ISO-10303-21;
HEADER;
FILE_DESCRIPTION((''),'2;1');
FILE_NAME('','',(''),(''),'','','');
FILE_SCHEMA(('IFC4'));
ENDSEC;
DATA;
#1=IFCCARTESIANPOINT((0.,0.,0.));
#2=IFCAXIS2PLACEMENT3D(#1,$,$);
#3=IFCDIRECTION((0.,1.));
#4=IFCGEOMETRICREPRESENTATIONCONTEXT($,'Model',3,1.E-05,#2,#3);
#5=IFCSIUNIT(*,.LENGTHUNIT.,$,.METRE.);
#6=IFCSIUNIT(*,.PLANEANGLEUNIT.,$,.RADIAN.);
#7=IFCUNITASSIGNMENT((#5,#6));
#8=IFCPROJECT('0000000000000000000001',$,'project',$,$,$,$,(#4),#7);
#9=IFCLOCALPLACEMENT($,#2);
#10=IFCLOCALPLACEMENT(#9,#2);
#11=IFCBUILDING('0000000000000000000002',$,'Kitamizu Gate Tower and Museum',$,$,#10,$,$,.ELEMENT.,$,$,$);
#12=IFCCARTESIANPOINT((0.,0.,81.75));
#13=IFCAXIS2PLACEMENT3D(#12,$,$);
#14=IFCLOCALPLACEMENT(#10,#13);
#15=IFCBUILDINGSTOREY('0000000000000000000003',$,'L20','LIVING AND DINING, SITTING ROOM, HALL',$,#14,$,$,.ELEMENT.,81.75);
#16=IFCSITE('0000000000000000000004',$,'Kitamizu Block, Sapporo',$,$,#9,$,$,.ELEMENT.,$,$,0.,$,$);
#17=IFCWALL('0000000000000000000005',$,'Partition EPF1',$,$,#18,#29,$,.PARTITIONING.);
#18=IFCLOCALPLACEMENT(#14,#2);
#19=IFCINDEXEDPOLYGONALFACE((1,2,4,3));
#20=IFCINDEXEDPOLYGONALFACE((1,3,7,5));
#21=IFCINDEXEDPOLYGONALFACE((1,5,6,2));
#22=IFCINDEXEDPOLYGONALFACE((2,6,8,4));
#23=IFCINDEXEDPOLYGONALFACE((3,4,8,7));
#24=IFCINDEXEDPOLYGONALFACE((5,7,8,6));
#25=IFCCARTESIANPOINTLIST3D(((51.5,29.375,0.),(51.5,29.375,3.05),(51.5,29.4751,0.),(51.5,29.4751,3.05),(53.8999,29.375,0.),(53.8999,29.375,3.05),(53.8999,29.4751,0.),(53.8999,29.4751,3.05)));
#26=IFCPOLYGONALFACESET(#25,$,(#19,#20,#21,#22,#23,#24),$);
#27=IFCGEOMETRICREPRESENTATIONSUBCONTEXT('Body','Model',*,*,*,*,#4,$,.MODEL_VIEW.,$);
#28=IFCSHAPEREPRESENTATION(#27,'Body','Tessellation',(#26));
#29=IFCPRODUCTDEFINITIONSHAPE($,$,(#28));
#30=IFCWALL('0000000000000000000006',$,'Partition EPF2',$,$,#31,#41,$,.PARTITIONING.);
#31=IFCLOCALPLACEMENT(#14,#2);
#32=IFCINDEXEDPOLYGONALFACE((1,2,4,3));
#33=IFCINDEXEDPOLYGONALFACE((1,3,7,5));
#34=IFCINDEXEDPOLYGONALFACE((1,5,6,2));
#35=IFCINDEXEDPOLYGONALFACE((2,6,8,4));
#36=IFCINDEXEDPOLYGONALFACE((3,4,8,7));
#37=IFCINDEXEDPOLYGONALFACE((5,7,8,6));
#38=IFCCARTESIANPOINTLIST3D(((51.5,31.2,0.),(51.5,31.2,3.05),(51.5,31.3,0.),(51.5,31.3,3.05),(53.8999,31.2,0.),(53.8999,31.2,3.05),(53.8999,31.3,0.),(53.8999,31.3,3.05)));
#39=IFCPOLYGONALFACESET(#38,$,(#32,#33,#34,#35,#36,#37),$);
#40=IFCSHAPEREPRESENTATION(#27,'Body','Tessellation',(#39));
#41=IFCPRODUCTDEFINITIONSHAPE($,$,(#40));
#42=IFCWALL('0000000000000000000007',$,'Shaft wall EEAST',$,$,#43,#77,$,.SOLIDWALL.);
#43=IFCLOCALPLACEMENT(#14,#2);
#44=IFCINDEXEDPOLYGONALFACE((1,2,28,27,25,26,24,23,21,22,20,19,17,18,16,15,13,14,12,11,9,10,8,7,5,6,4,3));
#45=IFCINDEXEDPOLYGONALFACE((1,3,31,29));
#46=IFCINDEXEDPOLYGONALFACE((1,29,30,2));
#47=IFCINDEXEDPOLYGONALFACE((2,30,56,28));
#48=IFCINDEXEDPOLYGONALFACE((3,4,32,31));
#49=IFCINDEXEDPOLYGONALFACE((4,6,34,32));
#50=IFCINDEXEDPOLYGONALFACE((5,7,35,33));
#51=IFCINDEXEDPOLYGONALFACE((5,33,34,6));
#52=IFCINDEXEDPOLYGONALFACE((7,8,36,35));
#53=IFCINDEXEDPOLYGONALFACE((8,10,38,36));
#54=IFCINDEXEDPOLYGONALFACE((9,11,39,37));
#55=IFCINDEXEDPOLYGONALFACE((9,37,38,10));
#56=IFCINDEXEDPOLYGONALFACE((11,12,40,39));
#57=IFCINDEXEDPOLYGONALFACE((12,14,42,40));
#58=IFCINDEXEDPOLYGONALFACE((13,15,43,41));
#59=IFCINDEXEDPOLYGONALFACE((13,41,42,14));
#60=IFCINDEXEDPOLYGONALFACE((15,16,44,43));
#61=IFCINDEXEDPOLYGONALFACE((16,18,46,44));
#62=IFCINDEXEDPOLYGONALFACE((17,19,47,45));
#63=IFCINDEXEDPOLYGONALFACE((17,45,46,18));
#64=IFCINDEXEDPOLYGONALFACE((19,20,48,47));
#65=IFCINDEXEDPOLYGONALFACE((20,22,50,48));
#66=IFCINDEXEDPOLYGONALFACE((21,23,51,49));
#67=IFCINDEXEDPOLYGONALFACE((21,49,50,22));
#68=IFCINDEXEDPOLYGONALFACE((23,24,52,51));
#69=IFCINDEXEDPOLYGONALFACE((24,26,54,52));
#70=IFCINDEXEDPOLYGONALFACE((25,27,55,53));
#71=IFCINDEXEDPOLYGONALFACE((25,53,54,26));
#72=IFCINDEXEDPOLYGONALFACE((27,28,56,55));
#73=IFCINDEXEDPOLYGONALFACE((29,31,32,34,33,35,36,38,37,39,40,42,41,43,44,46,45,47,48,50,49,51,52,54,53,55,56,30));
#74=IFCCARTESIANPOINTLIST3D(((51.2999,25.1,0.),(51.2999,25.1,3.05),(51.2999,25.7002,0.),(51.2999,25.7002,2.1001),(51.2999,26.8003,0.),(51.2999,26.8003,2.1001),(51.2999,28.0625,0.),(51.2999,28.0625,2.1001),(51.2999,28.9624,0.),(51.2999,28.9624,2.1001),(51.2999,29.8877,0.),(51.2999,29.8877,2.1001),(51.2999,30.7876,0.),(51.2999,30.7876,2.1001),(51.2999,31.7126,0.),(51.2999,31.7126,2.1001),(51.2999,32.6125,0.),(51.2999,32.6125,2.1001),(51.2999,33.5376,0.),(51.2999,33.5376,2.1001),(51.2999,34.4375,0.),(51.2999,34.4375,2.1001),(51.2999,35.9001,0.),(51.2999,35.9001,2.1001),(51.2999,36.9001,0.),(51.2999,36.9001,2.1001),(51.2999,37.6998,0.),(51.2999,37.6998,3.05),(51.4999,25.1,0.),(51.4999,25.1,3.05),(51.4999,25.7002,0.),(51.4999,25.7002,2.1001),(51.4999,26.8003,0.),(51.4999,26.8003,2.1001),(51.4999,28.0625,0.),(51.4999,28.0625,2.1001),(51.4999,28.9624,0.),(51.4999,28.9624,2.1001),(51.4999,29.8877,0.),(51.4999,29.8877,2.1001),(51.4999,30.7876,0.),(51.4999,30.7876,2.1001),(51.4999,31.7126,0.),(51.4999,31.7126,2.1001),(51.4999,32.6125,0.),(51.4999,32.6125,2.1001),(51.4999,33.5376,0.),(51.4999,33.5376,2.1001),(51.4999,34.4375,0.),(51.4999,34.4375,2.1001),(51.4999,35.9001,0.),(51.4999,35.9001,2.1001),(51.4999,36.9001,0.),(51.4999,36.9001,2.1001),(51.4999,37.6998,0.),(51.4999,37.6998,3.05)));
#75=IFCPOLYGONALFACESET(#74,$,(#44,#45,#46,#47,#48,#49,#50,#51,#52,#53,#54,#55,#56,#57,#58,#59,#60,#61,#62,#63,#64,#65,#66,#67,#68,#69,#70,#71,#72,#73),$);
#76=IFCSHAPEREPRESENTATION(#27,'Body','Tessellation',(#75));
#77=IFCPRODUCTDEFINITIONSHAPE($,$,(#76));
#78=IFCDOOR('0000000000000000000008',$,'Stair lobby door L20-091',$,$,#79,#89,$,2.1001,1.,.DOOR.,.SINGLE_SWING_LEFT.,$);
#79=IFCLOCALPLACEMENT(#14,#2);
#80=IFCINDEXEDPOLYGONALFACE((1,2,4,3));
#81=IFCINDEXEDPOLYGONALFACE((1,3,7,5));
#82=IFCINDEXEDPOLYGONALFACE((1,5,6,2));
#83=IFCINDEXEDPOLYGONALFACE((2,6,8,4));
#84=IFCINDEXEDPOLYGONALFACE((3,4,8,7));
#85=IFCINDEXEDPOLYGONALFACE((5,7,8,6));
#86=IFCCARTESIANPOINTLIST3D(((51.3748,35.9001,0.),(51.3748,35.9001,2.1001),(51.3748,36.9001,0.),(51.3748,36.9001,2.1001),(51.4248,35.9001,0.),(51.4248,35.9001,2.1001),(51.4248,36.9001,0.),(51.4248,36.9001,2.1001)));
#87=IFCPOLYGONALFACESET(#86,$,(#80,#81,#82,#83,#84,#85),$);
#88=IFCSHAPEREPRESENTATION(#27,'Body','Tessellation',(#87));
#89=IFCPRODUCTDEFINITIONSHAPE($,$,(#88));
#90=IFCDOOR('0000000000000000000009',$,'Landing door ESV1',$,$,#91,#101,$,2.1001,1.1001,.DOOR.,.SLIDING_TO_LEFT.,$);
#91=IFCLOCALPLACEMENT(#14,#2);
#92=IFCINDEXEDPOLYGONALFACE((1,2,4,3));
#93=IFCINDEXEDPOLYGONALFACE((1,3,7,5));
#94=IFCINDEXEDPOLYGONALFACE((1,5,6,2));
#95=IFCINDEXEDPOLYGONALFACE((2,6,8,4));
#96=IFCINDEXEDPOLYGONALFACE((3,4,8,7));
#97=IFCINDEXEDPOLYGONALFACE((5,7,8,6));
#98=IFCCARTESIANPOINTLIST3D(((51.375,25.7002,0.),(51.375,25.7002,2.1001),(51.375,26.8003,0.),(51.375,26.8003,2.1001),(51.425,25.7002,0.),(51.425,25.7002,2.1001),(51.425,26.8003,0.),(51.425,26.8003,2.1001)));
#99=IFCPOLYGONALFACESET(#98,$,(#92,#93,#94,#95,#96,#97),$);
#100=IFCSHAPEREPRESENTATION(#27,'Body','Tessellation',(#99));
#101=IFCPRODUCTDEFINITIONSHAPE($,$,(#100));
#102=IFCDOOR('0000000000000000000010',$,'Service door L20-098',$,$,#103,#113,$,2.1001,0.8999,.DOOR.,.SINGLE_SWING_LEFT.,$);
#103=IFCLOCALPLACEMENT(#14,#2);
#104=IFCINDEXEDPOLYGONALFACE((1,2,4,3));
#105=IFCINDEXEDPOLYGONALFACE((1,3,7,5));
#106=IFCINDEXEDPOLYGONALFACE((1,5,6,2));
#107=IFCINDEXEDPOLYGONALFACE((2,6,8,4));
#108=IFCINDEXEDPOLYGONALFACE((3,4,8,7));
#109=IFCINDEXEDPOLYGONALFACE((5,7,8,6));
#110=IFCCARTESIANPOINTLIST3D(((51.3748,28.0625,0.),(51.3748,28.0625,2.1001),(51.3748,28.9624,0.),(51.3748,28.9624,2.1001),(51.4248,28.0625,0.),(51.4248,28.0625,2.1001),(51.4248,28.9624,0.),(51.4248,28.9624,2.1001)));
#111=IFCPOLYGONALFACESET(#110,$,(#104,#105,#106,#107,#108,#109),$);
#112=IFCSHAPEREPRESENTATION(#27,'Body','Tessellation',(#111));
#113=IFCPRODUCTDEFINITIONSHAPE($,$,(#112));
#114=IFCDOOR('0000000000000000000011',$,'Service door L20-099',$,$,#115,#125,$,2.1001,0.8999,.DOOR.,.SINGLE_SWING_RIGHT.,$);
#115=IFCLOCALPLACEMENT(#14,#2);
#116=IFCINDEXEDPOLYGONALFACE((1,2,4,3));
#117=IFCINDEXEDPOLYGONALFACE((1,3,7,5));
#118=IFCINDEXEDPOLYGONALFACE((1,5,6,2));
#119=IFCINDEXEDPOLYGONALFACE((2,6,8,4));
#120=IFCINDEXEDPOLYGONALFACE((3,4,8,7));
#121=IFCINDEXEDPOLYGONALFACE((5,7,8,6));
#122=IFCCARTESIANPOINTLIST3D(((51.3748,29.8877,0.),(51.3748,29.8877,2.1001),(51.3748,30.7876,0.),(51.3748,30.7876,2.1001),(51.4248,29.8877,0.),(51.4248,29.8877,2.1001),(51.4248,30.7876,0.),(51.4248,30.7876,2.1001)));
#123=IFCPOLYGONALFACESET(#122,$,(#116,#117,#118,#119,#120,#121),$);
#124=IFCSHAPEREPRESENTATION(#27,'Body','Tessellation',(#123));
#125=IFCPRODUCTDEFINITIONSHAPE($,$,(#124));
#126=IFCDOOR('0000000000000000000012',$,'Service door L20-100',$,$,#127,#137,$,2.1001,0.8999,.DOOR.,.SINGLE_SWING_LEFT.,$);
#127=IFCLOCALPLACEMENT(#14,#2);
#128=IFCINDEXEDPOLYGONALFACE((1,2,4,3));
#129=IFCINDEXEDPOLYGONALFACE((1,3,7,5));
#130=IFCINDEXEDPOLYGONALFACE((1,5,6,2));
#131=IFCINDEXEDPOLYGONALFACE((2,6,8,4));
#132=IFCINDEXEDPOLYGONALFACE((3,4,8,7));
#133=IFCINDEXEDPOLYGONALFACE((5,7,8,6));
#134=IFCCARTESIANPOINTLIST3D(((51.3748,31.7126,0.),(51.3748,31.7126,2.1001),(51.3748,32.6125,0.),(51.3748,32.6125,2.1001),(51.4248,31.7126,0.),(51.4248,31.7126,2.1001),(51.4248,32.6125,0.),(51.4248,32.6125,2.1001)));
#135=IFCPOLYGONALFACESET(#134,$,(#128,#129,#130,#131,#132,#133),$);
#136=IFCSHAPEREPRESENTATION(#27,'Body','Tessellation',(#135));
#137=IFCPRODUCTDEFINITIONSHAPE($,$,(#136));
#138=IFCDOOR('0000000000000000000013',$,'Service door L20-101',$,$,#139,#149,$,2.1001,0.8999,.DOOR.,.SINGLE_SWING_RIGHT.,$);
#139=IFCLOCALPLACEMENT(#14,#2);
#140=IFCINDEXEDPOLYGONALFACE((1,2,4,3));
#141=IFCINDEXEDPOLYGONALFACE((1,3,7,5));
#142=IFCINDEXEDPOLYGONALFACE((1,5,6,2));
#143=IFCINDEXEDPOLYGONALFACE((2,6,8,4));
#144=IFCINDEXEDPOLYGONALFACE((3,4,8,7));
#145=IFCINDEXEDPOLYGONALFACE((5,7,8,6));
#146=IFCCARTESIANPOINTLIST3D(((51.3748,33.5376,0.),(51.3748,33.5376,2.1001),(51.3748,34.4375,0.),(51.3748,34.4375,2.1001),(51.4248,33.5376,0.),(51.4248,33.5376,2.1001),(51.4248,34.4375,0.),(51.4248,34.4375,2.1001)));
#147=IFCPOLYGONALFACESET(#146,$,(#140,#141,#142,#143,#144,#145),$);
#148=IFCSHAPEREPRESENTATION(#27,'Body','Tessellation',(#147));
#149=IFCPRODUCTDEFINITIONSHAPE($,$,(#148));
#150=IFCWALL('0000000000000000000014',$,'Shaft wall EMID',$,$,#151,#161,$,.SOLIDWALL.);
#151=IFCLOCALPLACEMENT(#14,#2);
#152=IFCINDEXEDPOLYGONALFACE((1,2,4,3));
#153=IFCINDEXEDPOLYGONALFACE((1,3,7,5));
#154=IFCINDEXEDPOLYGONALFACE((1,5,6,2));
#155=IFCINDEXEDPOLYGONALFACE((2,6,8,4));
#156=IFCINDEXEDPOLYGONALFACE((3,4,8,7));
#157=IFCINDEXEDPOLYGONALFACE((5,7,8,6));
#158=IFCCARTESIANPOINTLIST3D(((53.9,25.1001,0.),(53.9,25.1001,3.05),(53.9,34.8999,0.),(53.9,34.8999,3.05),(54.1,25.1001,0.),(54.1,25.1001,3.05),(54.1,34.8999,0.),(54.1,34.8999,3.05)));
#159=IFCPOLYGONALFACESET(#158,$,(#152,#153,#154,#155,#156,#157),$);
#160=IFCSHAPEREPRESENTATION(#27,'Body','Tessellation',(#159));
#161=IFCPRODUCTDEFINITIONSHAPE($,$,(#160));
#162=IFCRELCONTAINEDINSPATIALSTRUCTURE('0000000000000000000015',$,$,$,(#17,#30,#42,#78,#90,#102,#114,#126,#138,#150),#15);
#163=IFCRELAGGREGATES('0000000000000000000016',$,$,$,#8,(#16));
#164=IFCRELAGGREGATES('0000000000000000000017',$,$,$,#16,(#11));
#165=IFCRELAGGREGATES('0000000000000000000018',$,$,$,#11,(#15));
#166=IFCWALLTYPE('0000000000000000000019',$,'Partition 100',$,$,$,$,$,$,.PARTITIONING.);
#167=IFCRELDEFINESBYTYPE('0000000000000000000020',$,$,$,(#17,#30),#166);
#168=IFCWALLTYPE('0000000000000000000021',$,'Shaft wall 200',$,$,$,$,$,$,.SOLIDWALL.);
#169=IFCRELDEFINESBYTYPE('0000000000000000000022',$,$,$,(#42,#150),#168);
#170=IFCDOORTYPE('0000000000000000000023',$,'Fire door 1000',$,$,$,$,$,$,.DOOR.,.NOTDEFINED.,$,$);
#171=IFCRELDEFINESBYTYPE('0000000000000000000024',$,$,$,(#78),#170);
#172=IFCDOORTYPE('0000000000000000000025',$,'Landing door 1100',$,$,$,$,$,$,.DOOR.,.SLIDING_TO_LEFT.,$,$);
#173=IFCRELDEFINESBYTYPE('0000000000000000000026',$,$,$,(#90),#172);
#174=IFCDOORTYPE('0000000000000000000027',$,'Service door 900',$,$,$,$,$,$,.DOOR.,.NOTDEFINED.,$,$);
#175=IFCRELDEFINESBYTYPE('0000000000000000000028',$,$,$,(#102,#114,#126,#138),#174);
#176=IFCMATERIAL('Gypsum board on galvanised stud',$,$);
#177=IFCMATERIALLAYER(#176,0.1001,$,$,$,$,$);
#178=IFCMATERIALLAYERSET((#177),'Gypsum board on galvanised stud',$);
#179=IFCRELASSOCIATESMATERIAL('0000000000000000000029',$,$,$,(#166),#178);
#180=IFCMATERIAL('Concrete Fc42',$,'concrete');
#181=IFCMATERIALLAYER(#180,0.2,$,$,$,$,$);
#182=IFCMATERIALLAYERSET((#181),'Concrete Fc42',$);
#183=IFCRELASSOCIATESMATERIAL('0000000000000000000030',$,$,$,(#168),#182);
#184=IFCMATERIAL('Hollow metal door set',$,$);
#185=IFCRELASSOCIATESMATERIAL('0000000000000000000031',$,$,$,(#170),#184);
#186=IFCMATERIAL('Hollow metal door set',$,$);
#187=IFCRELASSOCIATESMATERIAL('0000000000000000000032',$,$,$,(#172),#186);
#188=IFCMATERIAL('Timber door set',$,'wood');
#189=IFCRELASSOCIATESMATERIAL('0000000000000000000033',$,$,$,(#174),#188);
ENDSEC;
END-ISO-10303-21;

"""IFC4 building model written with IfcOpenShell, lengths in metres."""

from ifc_helpers import new_model, si_unit, direction, frame, frame_2d, origin, place, context, subcontext, project, spatial, rectangle, extrude, material, layer, layer_set, type_object, element, fill, save


model = new_model("IFC4")

# Units and contexts
model_context = context("Model", 3, precision=1e-05, world=origin(), true_north=direction((0.0, 1.0)))
body_context = subcontext(model_context, "Body", "Model", "MODEL_VIEW")
ifc_project = project(units=[si_unit("LENGTHUNIT", "METRE"), si_unit("PLANEANGLEUNIT", "RADIAN")], contexts=[model_context])

# Site, building, storey
site_placement = place(None, origin())
site = spatial("IfcSite", under=ifc_project, at=site_placement, Name="Kitamizu Block, Sapporo", CompositionType="ELEMENT", RefElevation=0.0)
building_placement = place(site_placement, origin())
building = spatial("IfcBuilding", under=site, at=building_placement, Name="Kitamizu Gate Tower and Museum", CompositionType="ELEMENT")
storey_placement = place(building_placement, frame((0.0, 0.0, 81.75)))
storey = spatial("IfcBuildingStorey", under=building, at=storey_placement, Name="L20", Description="LIVING AND DINING, SITTING ROOM, HALL", CompositionType="ELEMENT", Elevation=81.75)

# Walls
ifc_material_1 = material(Name="Gypsum board on galvanised stud")
ifc_layer_1 = layer(ifc_material_1, 0.1001)
ifc_layer_set_1 = layer_set([ifc_layer_1], Name="Gypsum board on galvanised stud")
wall_type_1 = type_object("IfcWallType", Name="Partition 100", PredefinedType="PARTITIONING", material=ifc_layer_set_1)
for number, where, z_axis, x_axis, name in (
    (1, (53.8999, 29.425, 0.0), (0.0, 0.0, 1.0), (-1.0, 0.0, 0.0), "Partition EPF1"),
    (2, (53.8999, 31.25, 0.0), (0.0, 0.0, 1.0), (-1.0, 0.0, 0.0), "Partition EPF2"),
):
    element("IfcWall", number, at=place(storey_placement, frame(where, z_axis=z_axis, x_axis=x_axis)), inside=storey, type_object=wall_type_1, Name=name, PredefinedType="PARTITIONING", context=body_context, shape_type="SweptSolid", body=[
        extrude(rectangle(XDim=2.3999, YDim=0.1001, at=frame_2d((1.2, 0.0))), origin(), (0.0, 0.0, 1.0), 3.05),
    ])

# Wall, openings, doors
ifc_material_2 = material(Name="Concrete Fc42", Category="concrete")
ifc_layer_2 = layer(ifc_material_2, 0.2)
ifc_layer_set_2 = layer_set([ifc_layer_2], Name="Concrete Fc42")
wall_type_2 = type_object("IfcWallType", Name="Shaft wall 200", PredefinedType="SOLIDWALL", material=ifc_layer_set_2)
wall_1_placement = place(storey_placement, frame((51.3999, 25.1001, 0.0), z_axis=(0.0, 0.0, 1.0), x_axis=(0.0, 1.0, 0.0)))
wall_1 = element("IfcWall", 3, at=wall_1_placement, inside=storey, type_object=wall_type_2, Name="Shaft wall EEAST", PredefinedType="SOLIDWALL", context=body_context, shape_type="SweptSolid", body=[
    extrude(rectangle(XDim=12.5999, YDim=0.2, at=frame_2d((6.2998, 0.0))), origin(), (0.0, 0.0, 1.0), 3.05),
])
opening_1_placement = place(wall_1_placement, frame((0.6001, 0.0, 0.0)))
opening_1 = element("IfcOpeningElement", 4, at=opening_1_placement, cuts=wall_1, PredefinedType="OPENING", context=body_context, shape_type="SweptSolid", body=[
    extrude(rectangle(XDim=1.1001, YDim=2.1001, at=frame_2d((0.55, 1.05))), frame((0.0, 0.1099, 0.0), z_axis=(0.0, -1.0, 0.0), x_axis=(1.0, 0.0, 0.0)), (0.0, 0.0, 1.0), 0.22),
])
opening_2_placement = place(wall_1_placement, frame((10.8, 0.0, 0.0)))
opening_2 = element("IfcOpeningElement", 5, at=opening_2_placement, cuts=wall_1, PredefinedType="OPENING", context=body_context, shape_type="SweptSolid", body=[
    extrude(rectangle(XDim=1.0, YDim=2.1001, at=frame_2d((0.5, 1.05))), frame((0.0, 0.1099, 0.0), z_axis=(0.0, -1.0, 0.0), x_axis=(1.0, 0.0, 0.0)), (0.0, 0.0, 1.0), 0.22),
])
opening_3_placement = place(wall_1_placement, frame((2.9624, 0.0, 0.0)))
opening_3 = element("IfcOpeningElement", 6, at=opening_3_placement, cuts=wall_1, PredefinedType="OPENING", context=body_context, shape_type="SweptSolid", body=[
    extrude(rectangle(XDim=0.8999, YDim=2.1001, at=frame_2d((0.45, 1.05))), frame((0.0, 0.1099, 0.0), z_axis=(0.0, -1.0, 0.0), x_axis=(1.0, 0.0, 0.0)), (0.0, 0.0, 1.0), 0.22),
])
opening_4_placement = place(wall_1_placement, frame((4.7876, 0.0, 0.0)))
opening_4 = element("IfcOpeningElement", 7, at=opening_4_placement, cuts=wall_1, PredefinedType="OPENING", context=body_context, shape_type="SweptSolid", body=[
    extrude(rectangle(XDim=0.8999, YDim=2.1001, at=frame_2d((0.45, 1.05))), frame((0.0, 0.1099, 0.0), z_axis=(0.0, -1.0, 0.0), x_axis=(1.0, 0.0, 0.0)), (0.0, 0.0, 1.0), 0.22),
])
opening_5_placement = place(wall_1_placement, frame((6.6125, 0.0, 0.0)))
opening_5 = element("IfcOpeningElement", 8, at=opening_5_placement, cuts=wall_1, PredefinedType="OPENING", context=body_context, shape_type="SweptSolid", body=[
    extrude(rectangle(XDim=0.8999, YDim=2.1001, at=frame_2d((0.45, 1.05))), frame((0.0, 0.1099, 0.0), z_axis=(0.0, -1.0, 0.0), x_axis=(1.0, 0.0, 0.0)), (0.0, 0.0, 1.0), 0.22),
])
opening_6_placement = place(wall_1_placement, frame((8.4375, 0.0, 0.0)))
opening_6 = element("IfcOpeningElement", 9, at=opening_6_placement, cuts=wall_1, PredefinedType="OPENING", context=body_context, shape_type="SweptSolid", body=[
    extrude(rectangle(XDim=0.8999, YDim=2.1001, at=frame_2d((0.45, 1.05))), frame((0.0, 0.1099, 0.0), z_axis=(0.0, -1.0, 0.0), x_axis=(1.0, 0.0, 0.0)), (0.0, 0.0, 1.0), 0.22),
])
ifc_material_3 = material(Name="Hollow metal door set")
door_type_1 = type_object("IfcDoorType", Name="Fire door 1000", OperationType="NOTDEFINED", PredefinedType="DOOR", material=ifc_material_3)
door_1_placement = place(opening_2_placement, frame((1.0, 0.0, 0.0), x_axis=(-1.0, 0.0, 0.0)))
door_1 = element("IfcDoor", 10, at=door_1_placement, inside=storey, type_object=door_type_1, Name="Stair lobby door L20-091", OperationType="SINGLE_SWING_LEFT", OverallHeight=2.1001, OverallWidth=1.0, PredefinedType="DOOR", context=body_context, shape_type="SweptSolid", body=[
    extrude(rectangle(XDim=1.0, YDim=2.1001, at=frame_2d((0.5, 1.05))), frame((0.0, 0.0249, 0.0), z_axis=(0.0, -1.0, 0.0), x_axis=(1.0, 0.0, 0.0)), (0.0, 0.0, 1.0), 0.05),
])
fill(opening_2, door_1)
ifc_material_4 = material(Name="Hollow metal door set")
door_type_2 = type_object("IfcDoorType", Name="Landing door 1100", OperationType="SLIDING_TO_LEFT", PredefinedType="DOOR", material=ifc_material_4)
door_2_placement = place(opening_1_placement, origin())
door_2 = element("IfcDoor", 11, at=door_2_placement, inside=storey, type_object=door_type_2, Name="Landing door ESV1", OperationType="SLIDING_TO_LEFT", OverallHeight=2.1001, OverallWidth=1.1001, PredefinedType="DOOR", context=body_context, shape_type="SweptSolid", body=[
    extrude(rectangle(XDim=1.1001, YDim=2.1001, at=frame_2d((0.55, 1.05))), frame((0.0, 0.0249, 0.0), z_axis=(0.0, -1.0, 0.0), x_axis=(1.0, 0.0, 0.0)), (0.0, 0.0, 1.0), 0.05),
])
fill(opening_1, door_2)
ifc_material_5 = material(Name="Timber door set", Category="wood")
door_type_3 = type_object("IfcDoorType", Name="Service door 900", OperationType="NOTDEFINED", PredefinedType="DOOR", material=ifc_material_5)
door_3_placement = place(opening_3_placement, frame((0.8999, 0.0, 0.0), x_axis=(-1.0, 0.0, 0.0)))
door_3 = element("IfcDoor", 12, at=door_3_placement, inside=storey, type_object=door_type_3, Name="Service door L20-098", OperationType="SINGLE_SWING_LEFT", OverallHeight=2.1001, OverallWidth=0.8999, PredefinedType="DOOR", context=body_context, shape_type="SweptSolid", body=[
    extrude(rectangle(XDim=0.8999, YDim=2.1001, at=frame_2d((0.45, 1.05))), frame((0.0, 0.0249, 0.0), z_axis=(0.0, -1.0, 0.0), x_axis=(1.0, 0.0, 0.0)), (0.0, 0.0, 1.0), 0.05),
])
fill(opening_3, door_3)
door_4_placement = place(opening_4_placement, frame((0.8999, 0.0, 0.0), x_axis=(-1.0, 0.0, 0.0)))
door_4 = element("IfcDoor", 13, at=door_4_placement, inside=storey, type_object=door_type_3, Name="Service door L20-099", OperationType="SINGLE_SWING_RIGHT", OverallHeight=2.1001, OverallWidth=0.8999, PredefinedType="DOOR", context=body_context, shape_type="SweptSolid", body=[
    extrude(rectangle(XDim=0.8999, YDim=2.1001, at=frame_2d((0.45, 1.05))), frame((0.0, 0.0249, 0.0), z_axis=(0.0, -1.0, 0.0), x_axis=(1.0, 0.0, 0.0)), (0.0, 0.0, 1.0), 0.05),
])
fill(opening_4, door_4)
door_5_placement = place(opening_5_placement, frame((0.8999, 0.0, 0.0), x_axis=(-1.0, 0.0, 0.0)))
door_5 = element("IfcDoor", 14, at=door_5_placement, inside=storey, type_object=door_type_3, Name="Service door L20-100", OperationType="SINGLE_SWING_LEFT", OverallHeight=2.1001, OverallWidth=0.8999, PredefinedType="DOOR", context=body_context, shape_type="SweptSolid", body=[
    extrude(rectangle(XDim=0.8999, YDim=2.1001, at=frame_2d((0.45, 1.05))), frame((0.0, 0.0249, 0.0), z_axis=(0.0, -1.0, 0.0), x_axis=(1.0, 0.0, 0.0)), (0.0, 0.0, 1.0), 0.05),
])
fill(opening_5, door_5)
door_6_placement = place(opening_6_placement, frame((0.8999, 0.0, 0.0), x_axis=(-1.0, 0.0, 0.0)))
door_6 = element("IfcDoor", 15, at=door_6_placement, inside=storey, type_object=door_type_3, Name="Service door L20-101", OperationType="SINGLE_SWING_RIGHT", OverallHeight=2.1001, OverallWidth=0.8999, PredefinedType="DOOR", context=body_context, shape_type="SweptSolid", body=[
    extrude(rectangle(XDim=0.8999, YDim=2.1001, at=frame_2d((0.45, 1.05))), frame((0.0, 0.0249, 0.0), z_axis=(0.0, -1.0, 0.0), x_axis=(1.0, 0.0, 0.0)), (0.0, 0.0, 1.0), 0.05),
])
fill(opening_6, door_6)

# Wall
wall_2_placement = place(storey_placement, frame((54.0, 25.1001, 0.0), z_axis=(0.0, 0.0, 1.0), x_axis=(0.0, 1.0, 0.0)))
element("IfcWall", 16, at=wall_2_placement, inside=storey, type_object=wall_type_2, Name="Shaft wall EMID", PredefinedType="SOLIDWALL", context=body_context, shape_type="SweptSolid", body=[
    extrude(rectangle(XDim=9.7998, YDim=0.2, at=frame_2d((4.8999, 0.0))), origin(), (0.0, 0.0, 1.0), 3.05),
])

save(model, "model.ifc")
